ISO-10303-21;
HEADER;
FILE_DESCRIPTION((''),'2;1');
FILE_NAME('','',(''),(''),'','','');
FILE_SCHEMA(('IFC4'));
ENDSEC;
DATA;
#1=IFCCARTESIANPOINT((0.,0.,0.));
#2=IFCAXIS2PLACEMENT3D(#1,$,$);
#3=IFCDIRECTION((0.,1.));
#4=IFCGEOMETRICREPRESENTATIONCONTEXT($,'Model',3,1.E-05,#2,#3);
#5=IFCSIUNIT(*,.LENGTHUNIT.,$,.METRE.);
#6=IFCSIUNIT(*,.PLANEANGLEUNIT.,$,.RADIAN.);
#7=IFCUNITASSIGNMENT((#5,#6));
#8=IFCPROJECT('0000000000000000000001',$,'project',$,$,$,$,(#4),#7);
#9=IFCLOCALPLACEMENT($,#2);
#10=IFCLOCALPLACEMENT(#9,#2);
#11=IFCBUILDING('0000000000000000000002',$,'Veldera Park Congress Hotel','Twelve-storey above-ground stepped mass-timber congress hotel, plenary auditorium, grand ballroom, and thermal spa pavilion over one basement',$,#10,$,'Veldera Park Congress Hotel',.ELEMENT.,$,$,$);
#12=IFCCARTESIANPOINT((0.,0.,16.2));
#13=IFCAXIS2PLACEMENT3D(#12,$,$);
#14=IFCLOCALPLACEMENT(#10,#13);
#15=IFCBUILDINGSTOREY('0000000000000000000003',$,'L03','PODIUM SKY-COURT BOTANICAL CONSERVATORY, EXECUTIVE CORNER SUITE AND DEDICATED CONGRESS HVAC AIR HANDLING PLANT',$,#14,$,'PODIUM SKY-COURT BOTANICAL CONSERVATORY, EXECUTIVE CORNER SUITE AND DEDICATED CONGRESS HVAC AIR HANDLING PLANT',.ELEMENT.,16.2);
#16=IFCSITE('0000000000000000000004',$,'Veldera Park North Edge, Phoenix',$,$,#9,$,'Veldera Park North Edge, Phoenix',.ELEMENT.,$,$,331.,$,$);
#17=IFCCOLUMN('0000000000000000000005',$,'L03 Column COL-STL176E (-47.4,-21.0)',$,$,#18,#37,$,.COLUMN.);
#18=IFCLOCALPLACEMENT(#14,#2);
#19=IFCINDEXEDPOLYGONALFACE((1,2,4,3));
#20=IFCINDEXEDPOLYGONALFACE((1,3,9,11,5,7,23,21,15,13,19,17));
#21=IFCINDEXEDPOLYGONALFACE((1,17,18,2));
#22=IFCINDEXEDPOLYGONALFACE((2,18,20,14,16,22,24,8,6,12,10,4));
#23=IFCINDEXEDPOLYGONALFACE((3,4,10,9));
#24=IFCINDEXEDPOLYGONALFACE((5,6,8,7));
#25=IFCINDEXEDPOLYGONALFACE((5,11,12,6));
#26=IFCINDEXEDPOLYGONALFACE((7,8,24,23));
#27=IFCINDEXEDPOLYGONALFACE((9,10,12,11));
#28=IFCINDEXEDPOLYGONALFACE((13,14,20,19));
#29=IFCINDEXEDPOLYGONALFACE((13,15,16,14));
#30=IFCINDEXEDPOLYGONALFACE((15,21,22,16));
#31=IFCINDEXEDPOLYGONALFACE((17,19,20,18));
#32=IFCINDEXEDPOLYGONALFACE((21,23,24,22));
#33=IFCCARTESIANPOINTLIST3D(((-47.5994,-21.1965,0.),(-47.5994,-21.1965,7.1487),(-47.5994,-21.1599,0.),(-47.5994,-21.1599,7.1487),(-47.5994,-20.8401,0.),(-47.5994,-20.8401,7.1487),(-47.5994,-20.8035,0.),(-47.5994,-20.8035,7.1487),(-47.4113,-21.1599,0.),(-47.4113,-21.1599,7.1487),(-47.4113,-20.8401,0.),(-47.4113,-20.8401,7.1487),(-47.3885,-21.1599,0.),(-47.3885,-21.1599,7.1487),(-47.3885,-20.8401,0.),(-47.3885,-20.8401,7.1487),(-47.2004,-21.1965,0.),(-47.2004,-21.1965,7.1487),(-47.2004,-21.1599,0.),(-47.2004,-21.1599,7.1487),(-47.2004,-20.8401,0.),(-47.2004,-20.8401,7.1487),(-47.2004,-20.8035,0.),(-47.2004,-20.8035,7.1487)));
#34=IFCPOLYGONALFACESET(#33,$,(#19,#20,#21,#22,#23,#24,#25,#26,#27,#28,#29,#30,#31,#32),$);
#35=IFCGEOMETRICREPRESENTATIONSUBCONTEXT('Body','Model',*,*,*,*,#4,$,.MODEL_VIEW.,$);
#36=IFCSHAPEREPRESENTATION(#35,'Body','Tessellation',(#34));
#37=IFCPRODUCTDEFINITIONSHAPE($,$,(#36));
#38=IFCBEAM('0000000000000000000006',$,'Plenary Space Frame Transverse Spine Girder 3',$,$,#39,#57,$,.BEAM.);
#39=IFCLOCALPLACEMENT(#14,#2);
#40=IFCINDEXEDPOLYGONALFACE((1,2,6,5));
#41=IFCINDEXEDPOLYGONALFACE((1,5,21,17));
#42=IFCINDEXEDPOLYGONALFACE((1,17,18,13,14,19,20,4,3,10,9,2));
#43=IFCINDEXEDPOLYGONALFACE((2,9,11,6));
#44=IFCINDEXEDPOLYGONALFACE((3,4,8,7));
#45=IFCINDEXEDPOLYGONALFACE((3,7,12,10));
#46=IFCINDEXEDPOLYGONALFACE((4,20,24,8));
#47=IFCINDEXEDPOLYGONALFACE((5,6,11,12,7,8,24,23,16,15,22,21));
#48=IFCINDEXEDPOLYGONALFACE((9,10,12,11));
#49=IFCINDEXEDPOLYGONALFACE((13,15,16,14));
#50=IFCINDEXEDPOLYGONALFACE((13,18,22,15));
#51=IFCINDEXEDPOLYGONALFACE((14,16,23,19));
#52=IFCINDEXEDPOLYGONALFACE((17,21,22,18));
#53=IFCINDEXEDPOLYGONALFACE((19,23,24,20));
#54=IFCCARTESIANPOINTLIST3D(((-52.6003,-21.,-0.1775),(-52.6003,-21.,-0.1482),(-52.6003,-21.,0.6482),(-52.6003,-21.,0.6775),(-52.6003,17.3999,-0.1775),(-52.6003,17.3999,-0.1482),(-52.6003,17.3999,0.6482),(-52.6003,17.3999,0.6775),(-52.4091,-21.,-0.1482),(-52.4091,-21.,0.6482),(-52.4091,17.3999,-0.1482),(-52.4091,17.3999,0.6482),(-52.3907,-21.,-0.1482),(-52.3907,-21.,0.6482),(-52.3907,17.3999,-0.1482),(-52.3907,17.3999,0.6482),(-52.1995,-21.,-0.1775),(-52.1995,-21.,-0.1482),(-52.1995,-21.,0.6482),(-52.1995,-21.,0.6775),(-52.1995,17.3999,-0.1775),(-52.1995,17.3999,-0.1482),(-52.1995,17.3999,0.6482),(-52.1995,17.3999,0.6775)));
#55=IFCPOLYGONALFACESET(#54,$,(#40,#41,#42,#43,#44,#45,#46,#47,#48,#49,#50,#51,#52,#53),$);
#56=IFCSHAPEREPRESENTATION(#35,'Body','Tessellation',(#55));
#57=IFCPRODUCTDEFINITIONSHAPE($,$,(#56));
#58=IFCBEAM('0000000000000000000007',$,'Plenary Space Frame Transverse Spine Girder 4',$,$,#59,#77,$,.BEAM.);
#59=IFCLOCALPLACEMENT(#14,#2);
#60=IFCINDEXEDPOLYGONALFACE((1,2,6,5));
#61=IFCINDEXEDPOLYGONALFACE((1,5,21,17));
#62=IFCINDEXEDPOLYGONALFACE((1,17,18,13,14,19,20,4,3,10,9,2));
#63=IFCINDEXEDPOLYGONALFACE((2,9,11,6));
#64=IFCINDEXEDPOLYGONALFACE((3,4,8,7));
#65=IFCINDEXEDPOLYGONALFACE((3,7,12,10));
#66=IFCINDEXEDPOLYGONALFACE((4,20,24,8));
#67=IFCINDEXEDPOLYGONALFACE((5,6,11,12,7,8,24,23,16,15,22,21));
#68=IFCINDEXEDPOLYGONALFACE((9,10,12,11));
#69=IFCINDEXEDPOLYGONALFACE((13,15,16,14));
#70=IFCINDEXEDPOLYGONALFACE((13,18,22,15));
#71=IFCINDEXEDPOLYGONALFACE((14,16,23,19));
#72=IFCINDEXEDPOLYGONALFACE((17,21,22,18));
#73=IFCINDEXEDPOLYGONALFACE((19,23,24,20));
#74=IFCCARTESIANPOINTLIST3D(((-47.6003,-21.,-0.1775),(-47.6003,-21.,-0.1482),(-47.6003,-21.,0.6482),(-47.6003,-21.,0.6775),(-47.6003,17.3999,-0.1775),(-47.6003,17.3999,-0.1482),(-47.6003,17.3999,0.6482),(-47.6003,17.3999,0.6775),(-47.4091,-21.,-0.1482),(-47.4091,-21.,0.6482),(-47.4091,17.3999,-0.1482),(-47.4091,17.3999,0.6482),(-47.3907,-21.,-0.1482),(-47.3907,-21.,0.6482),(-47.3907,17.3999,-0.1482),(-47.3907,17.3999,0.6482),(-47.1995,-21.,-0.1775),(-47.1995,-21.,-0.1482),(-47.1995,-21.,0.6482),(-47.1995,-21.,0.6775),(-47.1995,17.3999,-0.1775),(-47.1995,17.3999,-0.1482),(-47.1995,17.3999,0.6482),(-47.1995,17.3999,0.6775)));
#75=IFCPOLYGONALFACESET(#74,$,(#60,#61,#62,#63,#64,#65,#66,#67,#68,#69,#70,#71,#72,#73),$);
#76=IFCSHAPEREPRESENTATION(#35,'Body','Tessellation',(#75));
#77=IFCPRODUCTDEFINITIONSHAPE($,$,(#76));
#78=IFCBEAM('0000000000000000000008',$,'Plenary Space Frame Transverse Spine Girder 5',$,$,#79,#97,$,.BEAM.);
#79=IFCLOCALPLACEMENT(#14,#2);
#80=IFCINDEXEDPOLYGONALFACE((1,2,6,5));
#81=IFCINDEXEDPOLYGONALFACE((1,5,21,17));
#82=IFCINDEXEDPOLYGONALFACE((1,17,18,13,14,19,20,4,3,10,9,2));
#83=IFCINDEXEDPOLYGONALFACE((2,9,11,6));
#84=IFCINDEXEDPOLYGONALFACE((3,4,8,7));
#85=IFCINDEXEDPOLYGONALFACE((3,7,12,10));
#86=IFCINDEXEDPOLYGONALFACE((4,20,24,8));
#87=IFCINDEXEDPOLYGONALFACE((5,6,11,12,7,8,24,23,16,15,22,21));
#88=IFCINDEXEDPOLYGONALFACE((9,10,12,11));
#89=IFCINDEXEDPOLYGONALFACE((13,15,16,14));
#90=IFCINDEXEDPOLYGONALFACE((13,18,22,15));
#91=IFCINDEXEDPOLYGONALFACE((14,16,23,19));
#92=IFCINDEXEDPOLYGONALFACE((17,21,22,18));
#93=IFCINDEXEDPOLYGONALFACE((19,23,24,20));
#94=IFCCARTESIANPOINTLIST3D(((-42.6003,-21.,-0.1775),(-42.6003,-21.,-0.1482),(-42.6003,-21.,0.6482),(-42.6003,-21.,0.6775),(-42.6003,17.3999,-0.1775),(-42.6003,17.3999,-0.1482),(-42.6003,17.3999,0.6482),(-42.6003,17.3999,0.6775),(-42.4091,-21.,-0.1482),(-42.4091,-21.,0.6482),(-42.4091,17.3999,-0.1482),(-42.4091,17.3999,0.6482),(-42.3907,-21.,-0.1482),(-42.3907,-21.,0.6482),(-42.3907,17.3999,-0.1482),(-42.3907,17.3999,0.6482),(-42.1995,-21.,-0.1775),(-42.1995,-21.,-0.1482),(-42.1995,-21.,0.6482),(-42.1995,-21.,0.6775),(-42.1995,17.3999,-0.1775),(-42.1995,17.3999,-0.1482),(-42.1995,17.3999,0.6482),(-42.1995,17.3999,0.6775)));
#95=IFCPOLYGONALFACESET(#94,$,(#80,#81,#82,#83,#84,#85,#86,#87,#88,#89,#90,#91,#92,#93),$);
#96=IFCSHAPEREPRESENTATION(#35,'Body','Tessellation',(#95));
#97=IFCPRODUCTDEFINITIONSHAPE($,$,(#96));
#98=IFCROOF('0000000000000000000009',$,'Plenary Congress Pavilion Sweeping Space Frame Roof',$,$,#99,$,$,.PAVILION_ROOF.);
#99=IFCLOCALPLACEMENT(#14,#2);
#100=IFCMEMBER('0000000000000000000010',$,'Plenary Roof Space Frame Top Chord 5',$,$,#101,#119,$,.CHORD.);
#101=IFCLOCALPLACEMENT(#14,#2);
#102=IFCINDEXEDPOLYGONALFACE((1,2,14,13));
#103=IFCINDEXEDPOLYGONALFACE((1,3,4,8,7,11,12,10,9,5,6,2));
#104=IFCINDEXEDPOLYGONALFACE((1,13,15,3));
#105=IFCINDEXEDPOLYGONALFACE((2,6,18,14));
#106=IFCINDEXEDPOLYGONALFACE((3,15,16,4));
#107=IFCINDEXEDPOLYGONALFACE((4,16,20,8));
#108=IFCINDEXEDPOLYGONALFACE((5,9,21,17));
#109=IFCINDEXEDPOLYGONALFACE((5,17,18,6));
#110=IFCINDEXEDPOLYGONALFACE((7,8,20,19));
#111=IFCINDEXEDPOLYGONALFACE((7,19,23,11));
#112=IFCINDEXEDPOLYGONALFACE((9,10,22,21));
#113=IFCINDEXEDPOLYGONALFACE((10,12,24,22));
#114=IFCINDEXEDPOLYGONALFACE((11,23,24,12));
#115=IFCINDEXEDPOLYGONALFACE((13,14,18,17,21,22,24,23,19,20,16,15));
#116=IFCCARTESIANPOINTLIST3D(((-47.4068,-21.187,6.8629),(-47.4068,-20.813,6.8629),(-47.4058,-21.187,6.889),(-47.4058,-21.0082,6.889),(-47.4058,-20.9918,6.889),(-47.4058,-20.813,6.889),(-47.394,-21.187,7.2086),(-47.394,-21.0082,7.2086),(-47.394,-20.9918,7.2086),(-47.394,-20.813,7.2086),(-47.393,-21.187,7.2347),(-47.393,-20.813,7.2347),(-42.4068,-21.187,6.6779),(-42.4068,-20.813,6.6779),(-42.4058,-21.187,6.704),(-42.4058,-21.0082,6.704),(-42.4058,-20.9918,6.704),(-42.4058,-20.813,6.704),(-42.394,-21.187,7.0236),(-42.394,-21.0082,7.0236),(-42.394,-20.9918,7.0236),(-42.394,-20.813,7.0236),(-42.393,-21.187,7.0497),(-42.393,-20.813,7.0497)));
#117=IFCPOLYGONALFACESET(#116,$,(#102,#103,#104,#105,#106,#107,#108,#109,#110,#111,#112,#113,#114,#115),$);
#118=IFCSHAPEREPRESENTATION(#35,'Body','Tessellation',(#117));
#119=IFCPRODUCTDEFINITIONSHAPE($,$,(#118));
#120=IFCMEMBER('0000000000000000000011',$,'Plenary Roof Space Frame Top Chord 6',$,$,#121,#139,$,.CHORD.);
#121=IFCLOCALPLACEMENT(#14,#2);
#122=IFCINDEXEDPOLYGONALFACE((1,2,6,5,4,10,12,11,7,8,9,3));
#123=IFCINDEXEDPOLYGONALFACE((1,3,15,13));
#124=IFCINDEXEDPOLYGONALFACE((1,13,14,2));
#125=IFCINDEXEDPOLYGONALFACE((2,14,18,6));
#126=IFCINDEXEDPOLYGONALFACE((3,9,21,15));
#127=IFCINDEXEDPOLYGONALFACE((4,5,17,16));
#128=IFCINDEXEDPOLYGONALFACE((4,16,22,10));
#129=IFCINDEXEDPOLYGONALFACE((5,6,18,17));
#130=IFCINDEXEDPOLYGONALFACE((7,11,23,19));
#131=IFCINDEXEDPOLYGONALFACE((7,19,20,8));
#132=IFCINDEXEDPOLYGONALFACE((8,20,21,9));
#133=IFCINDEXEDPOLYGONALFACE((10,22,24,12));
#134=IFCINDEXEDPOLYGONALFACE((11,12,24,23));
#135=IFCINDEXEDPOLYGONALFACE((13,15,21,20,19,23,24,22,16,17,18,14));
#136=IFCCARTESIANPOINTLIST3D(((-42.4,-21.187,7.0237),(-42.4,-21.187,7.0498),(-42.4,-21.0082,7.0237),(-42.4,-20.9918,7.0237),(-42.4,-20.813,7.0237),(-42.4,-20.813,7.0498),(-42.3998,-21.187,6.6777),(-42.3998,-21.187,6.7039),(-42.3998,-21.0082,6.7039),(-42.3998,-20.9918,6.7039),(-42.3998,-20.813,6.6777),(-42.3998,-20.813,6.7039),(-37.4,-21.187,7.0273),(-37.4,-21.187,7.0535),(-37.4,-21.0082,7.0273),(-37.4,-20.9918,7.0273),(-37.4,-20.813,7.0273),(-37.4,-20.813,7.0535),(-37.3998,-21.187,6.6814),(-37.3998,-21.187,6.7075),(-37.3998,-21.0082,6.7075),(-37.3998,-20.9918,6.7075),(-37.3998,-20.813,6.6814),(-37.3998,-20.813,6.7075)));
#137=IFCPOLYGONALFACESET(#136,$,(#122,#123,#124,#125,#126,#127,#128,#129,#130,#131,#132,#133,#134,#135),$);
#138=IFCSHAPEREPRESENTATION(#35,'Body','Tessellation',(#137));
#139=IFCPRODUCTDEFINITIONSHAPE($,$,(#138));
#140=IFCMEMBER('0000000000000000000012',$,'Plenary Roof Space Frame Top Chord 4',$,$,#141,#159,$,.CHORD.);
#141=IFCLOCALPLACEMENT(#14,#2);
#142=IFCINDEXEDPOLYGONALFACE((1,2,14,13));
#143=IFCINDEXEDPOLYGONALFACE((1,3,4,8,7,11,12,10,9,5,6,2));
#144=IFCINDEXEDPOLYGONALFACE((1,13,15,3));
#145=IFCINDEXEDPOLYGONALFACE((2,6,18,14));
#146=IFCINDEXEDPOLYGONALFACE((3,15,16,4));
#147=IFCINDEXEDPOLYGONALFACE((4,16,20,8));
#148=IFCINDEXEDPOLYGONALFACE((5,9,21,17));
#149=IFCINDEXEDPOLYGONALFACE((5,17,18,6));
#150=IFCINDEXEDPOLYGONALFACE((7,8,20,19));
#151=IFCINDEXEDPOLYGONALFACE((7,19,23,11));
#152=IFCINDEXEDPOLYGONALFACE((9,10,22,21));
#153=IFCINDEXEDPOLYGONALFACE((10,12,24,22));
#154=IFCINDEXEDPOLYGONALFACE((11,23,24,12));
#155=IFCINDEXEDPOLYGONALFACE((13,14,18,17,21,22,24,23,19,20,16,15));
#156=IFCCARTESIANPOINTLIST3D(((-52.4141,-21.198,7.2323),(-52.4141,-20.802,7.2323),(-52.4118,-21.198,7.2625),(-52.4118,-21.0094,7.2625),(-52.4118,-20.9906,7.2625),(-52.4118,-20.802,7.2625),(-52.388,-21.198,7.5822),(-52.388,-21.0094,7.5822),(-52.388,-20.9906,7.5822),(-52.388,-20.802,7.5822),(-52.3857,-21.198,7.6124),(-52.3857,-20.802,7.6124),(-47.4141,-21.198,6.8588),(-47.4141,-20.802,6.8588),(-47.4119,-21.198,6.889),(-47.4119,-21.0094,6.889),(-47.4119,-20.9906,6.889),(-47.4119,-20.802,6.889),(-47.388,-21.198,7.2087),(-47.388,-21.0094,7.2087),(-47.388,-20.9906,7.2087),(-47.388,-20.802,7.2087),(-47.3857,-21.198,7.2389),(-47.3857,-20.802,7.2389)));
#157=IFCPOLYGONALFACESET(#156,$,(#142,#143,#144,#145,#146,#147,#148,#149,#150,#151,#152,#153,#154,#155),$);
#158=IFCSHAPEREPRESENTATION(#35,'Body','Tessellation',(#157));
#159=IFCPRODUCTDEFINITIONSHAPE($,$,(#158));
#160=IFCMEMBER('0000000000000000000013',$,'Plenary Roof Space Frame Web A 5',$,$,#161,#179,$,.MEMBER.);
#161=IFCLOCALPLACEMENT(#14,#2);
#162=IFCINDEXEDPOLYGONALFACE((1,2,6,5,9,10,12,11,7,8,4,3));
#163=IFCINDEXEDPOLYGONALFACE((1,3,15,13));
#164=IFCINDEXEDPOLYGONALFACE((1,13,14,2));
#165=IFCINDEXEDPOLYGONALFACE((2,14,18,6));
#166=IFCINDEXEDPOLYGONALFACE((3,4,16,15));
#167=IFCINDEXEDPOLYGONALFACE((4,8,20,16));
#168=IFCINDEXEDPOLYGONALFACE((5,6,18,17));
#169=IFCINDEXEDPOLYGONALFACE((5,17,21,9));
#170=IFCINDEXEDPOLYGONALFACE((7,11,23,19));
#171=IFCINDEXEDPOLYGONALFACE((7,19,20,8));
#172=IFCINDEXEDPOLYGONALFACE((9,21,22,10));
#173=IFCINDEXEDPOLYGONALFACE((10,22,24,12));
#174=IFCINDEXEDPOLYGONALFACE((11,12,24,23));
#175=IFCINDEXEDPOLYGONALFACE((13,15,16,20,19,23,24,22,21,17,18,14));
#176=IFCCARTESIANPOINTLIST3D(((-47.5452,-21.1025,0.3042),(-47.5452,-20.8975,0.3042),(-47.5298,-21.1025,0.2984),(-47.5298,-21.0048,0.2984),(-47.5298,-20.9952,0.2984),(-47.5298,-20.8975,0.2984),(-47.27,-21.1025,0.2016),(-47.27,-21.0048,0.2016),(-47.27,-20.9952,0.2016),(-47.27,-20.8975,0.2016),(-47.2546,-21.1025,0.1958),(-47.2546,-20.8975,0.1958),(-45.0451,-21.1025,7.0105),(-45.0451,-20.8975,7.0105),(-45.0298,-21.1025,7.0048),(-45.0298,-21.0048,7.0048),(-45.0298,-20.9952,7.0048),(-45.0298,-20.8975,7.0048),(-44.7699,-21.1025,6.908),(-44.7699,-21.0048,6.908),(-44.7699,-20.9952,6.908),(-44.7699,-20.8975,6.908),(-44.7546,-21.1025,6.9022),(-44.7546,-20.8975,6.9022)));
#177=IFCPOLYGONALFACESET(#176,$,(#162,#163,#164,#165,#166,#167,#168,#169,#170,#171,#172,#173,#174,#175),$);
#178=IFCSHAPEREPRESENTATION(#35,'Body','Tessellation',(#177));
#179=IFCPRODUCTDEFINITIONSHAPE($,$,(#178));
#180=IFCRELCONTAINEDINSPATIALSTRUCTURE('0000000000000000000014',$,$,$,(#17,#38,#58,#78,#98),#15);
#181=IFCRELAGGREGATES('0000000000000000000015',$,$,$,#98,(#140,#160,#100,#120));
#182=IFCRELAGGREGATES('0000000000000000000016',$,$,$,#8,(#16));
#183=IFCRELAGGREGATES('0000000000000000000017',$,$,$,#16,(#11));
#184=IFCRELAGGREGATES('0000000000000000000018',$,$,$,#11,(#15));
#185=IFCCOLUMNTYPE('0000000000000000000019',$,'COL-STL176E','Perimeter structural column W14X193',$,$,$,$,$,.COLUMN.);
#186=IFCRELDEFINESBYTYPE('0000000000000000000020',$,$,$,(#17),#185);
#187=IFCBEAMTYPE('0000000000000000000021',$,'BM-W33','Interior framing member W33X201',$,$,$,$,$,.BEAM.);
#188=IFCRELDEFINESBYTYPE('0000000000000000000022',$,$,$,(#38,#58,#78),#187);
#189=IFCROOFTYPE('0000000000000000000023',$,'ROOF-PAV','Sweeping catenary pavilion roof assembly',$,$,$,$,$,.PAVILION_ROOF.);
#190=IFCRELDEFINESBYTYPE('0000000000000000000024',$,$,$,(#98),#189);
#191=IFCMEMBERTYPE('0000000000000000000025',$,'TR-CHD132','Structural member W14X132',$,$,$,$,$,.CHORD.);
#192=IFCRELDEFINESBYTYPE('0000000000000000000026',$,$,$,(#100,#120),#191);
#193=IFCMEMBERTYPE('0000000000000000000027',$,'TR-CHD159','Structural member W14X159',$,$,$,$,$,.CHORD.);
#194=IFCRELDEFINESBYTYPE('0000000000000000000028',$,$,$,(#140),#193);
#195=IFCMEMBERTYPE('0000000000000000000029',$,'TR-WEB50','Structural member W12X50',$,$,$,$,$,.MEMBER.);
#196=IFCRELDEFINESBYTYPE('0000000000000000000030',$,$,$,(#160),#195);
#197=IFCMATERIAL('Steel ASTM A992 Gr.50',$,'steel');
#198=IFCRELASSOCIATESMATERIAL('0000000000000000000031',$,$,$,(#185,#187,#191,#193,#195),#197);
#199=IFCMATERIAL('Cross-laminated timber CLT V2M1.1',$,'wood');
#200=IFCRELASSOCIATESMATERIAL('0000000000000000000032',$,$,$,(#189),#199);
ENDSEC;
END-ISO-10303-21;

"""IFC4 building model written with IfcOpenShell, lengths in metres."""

from ifc_helpers import new_model, si_unit, direction, frame, origin, origin_2d, place, context, subcontext, project, spatial, i_section, extrude, material, material_profile, profile_set, type_object, element, aggregate, save


model = new_model("IFC4")

# Units and contexts
model_context = context("Model", 3, precision=1e-05, world=origin(), true_north=direction((0.0, 1.0)))
body_context = subcontext(model_context, "Body", "Model", "MODEL_VIEW")
ifc_project = project(units=[si_unit("LENGTHUNIT", "METRE"), si_unit("PLANEANGLEUNIT", "RADIAN")], contexts=[model_context])

# Site, building, storey
site_placement = place(None, origin())
site = spatial("IfcSite", under=ifc_project, at=site_placement, Name="Veldera Park North Edge, Phoenix", LongName="Veldera Park North Edge, Phoenix", CompositionType="ELEMENT", RefElevation=331.0)
building_placement = place(site_placement, origin())
building = spatial("IfcBuilding", under=site, at=building_placement, Name="Veldera Park Congress Hotel", Description="Twelve-storey above-ground stepped mass-timber congress hotel, plenary auditorium, grand ballroom, and thermal spa pavilion over one basement", LongName="Veldera Park Congress Hotel", CompositionType="ELEMENT")
storey_placement = place(building_placement, frame((0.0, 0.0, 16.2)))
storey = spatial("IfcBuildingStorey", under=building, at=storey_placement, Name="L03", Description="PODIUM SKY-COURT BOTANICAL CONSERVATORY, EXECUTIVE CORNER SUITE AND DEDICATED CONGRESS HVAC AIR HANDLING PLANT", LongName="PODIUM SKY-COURT BOTANICAL CONSERVATORY, EXECUTIVE CORNER SUITE AND DEDICATED CONGRESS HVAC AIR HANDLING PLANT", CompositionType="ELEMENT", Elevation=16.2)

# Column
ifc_material_1 = material(Name="Steel ASTM A992 Gr.50", Category="steel")
ifc_material_profile_1 = material_profile(ifc_material_1, i_section(OverallWidth=0.3989, OverallDepth=0.3931, WebThickness=0.0227, FlangeThickness=0.0366, at=origin_2d()), Name="W14X193")
ifc_profile_set_1 = profile_set([ifc_material_profile_1], Name="Steel ASTM A992 Gr.50")
column_type = type_object("IfcColumnType", Name="COL-STL176E", Description="Perimeter structural column W14X193", PredefinedType="COLUMN", material=ifc_profile_set_1)
column_placement = place(storey_placement, frame((-47.3999, -21.0, 0.0), z_axis=(0.0, 0.0, 1.0), x_axis=(1.0, 0.0, 0.0)))
element("IfcColumn", 1, at=column_placement, inside=storey, type_object=column_type, Name="L03 Column COL-STL176E (-47.4,-21.0)", PredefinedType="COLUMN", context=body_context, shape_type="SweptSolid", body=[
    extrude(i_section(OverallWidth=0.3989, OverallDepth=0.3931, WebThickness=0.0227, FlangeThickness=0.0366, at=origin_2d()), origin(), (0.0, 0.0, 1.0), 7.1487),
])

# Beams
ifc_material_profile_2 = material_profile(ifc_material_1, i_section(OverallWidth=0.4009, OverallDepth=0.855, WebThickness=0.0183, FlangeThickness=0.0293, at=origin_2d()), Name="W33X201")
ifc_profile_set_2 = profile_set([ifc_material_profile_2], Name="Steel ASTM A992 Gr.50")
beam_type = type_object("IfcBeamType", Name="BM-W33", Description="Interior framing member W33X201", PredefinedType="BEAM", material=ifc_profile_set_2)
for number, where, z_axis, x_axis, name in (
    (2, (-52.3999, -21.0, 0.25), (0.0, 1.0, 0.0), (-1.0, 0.0, 0.0), "Plenary Space Frame Transverse Spine Girder 3"),
    (3, (-47.3999, -21.0, 0.25), (0.0, 1.0, 0.0), (-1.0, 0.0, 0.0), "Plenary Space Frame Transverse Spine Girder 4"),
    (4, (-42.3999, -21.0, 0.25), (0.0, 1.0, 0.0), (-1.0, 0.0, 0.0), "Plenary Space Frame Transverse Spine Girder 5"),
):
    element("IfcBeam", number, at=place(storey_placement, frame(where, z_axis=z_axis, x_axis=x_axis)), inside=storey, type_object=beam_type, Name=name, PredefinedType="BEAM", context=body_context, shape_type="SweptSolid", body=[
        extrude(i_section(OverallWidth=0.4009, OverallDepth=0.855, WebThickness=0.0183, FlangeThickness=0.0293, at=origin_2d()), origin(), (0.0, 0.0, 1.0), 38.3999),
    ])

# Roof, members
ifc_material_2 = material(Name="Cross-laminated timber CLT V2M1.1", Category="wood")
roof_type = type_object("IfcRoofType", Name="ROOF-PAV", Description="Sweeping catenary pavilion roof assembly", PredefinedType="PAVILION_ROOF", material=ifc_material_2)
roof_placement = place(storey_placement, origin())
roof = element("IfcRoof", 5, at=roof_placement, inside=storey, type_object=roof_type, Name="Plenary Congress Pavilion Sweeping Space Frame Roof", PredefinedType="PAVILION_ROOF")
ifc_material_profile_3 = material_profile(ifc_material_1, i_section(OverallWidth=0.374, OverallDepth=0.3721, WebThickness=0.0164, FlangeThickness=0.0261, at=origin_2d()), Name="W14X132")
ifc_profile_set_3 = profile_set([ifc_material_profile_3], Name="Steel ASTM A992 Gr.50")
member_type_1 = type_object("IfcMemberType", Name="TR-CHD132", Description="Structural member W14X132", PredefinedType="CHORD", material=ifc_profile_set_3)
member_1_placement = place(storey_placement, frame((-47.3999, -21.0, 7.0488), z_axis=(0.999316, 0.0, -0.036986), x_axis=(0.0, 1.0, 0.0)))
member_1 = element("IfcMember", 6, at=member_1_placement, type_object=member_type_1, Name="Plenary Roof Space Frame Top Chord 5", PredefinedType="CHORD", context=body_context, shape_type="SweptSolid", body=[
    extrude(i_section(OverallWidth=0.374, OverallDepth=0.3721, WebThickness=0.0164, FlangeThickness=0.0261, at=origin_2d()), origin(), (0.0, 0.0, 1.0), 5.0034),
])
member_2_placement = place(storey_placement, frame((-42.3999, -21.0, 6.8638), z_axis=(1.0, 0.0, 0.000732), x_axis=(0.0, 1.0, 0.0)))
member_2 = element("IfcMember", 7, at=member_2_placement, type_object=member_type_1, Name="Plenary Roof Space Frame Top Chord 6", PredefinedType="CHORD", context=body_context, shape_type="SweptSolid", body=[
    extrude(i_section(OverallWidth=0.374, OverallDepth=0.3721, WebThickness=0.0164, FlangeThickness=0.0261, at=origin_2d()), origin(), (0.0, 0.0, 1.0), 5.0),
])
ifc_material_profile_4 = material_profile(ifc_material_1, i_section(OverallWidth=0.396, OverallDepth=0.3811, WebThickness=0.0188, FlangeThickness=0.0303, at=origin_2d()), Name="W14X159")
ifc_profile_set_4 = profile_set([ifc_material_profile_4], Name="Steel ASTM A992 Gr.50")
member_type_2 = type_object("IfcMemberType", Name="TR-CHD159", Description="Structural member W14X159", PredefinedType="CHORD", material=ifc_profile_set_4)
member_3_placement = place(storey_placement, frame((-52.3999, -21.0, 7.4224), z_axis=(0.997221, 0.0, -0.074499), x_axis=(0.0, 1.0, 0.0)))
member_3 = element("IfcMember", 8, at=member_3_placement, type_object=member_type_2, Name="Plenary Roof Space Frame Top Chord 4", PredefinedType="CHORD", context=body_context, shape_type="SweptSolid", body=[
    extrude(i_section(OverallWidth=0.396, OverallDepth=0.3811, WebThickness=0.0188, FlangeThickness=0.0303, at=origin_2d()), origin(), (0.0, 0.0, 1.0), 5.0139),
])
ifc_material_profile_5 = material_profile(ifc_material_1, i_section(OverallWidth=0.2051, OverallDepth=0.3101, WebThickness=0.0095, FlangeThickness=0.0164, at=origin_2d()), Name="W12X50")
ifc_profile_set_5 = profile_set([ifc_material_profile_5], Name="Steel ASTM A992 Gr.50")
member_type_3 = type_object("IfcMemberType", Name="TR-WEB50", Description="Structural member W12X50", PredefinedType="MEMBER", material=ifc_profile_set_5)
member_4_placement = place(storey_placement, frame((-47.3999, -21.0, 0.25), z_axis=(0.349302, 0.0, 0.93701), x_axis=(0.0, 1.0, 0.0)))
member_4 = element("IfcMember", 9, at=member_4_placement, type_object=member_type_3, Name="Plenary Roof Space Frame Web A 5", PredefinedType="MEMBER", context=body_context, shape_type="SweptSolid", body=[
    extrude(i_section(OverallWidth=0.2051, OverallDepth=0.3101, WebThickness=0.0095, FlangeThickness=0.0164, at=origin_2d()), origin(), (0.0, 0.0, 1.0), 7.1572),
])
aggregate(roof, [member_3, member_4, member_1, member_2])

save(model, "model.ifc")
